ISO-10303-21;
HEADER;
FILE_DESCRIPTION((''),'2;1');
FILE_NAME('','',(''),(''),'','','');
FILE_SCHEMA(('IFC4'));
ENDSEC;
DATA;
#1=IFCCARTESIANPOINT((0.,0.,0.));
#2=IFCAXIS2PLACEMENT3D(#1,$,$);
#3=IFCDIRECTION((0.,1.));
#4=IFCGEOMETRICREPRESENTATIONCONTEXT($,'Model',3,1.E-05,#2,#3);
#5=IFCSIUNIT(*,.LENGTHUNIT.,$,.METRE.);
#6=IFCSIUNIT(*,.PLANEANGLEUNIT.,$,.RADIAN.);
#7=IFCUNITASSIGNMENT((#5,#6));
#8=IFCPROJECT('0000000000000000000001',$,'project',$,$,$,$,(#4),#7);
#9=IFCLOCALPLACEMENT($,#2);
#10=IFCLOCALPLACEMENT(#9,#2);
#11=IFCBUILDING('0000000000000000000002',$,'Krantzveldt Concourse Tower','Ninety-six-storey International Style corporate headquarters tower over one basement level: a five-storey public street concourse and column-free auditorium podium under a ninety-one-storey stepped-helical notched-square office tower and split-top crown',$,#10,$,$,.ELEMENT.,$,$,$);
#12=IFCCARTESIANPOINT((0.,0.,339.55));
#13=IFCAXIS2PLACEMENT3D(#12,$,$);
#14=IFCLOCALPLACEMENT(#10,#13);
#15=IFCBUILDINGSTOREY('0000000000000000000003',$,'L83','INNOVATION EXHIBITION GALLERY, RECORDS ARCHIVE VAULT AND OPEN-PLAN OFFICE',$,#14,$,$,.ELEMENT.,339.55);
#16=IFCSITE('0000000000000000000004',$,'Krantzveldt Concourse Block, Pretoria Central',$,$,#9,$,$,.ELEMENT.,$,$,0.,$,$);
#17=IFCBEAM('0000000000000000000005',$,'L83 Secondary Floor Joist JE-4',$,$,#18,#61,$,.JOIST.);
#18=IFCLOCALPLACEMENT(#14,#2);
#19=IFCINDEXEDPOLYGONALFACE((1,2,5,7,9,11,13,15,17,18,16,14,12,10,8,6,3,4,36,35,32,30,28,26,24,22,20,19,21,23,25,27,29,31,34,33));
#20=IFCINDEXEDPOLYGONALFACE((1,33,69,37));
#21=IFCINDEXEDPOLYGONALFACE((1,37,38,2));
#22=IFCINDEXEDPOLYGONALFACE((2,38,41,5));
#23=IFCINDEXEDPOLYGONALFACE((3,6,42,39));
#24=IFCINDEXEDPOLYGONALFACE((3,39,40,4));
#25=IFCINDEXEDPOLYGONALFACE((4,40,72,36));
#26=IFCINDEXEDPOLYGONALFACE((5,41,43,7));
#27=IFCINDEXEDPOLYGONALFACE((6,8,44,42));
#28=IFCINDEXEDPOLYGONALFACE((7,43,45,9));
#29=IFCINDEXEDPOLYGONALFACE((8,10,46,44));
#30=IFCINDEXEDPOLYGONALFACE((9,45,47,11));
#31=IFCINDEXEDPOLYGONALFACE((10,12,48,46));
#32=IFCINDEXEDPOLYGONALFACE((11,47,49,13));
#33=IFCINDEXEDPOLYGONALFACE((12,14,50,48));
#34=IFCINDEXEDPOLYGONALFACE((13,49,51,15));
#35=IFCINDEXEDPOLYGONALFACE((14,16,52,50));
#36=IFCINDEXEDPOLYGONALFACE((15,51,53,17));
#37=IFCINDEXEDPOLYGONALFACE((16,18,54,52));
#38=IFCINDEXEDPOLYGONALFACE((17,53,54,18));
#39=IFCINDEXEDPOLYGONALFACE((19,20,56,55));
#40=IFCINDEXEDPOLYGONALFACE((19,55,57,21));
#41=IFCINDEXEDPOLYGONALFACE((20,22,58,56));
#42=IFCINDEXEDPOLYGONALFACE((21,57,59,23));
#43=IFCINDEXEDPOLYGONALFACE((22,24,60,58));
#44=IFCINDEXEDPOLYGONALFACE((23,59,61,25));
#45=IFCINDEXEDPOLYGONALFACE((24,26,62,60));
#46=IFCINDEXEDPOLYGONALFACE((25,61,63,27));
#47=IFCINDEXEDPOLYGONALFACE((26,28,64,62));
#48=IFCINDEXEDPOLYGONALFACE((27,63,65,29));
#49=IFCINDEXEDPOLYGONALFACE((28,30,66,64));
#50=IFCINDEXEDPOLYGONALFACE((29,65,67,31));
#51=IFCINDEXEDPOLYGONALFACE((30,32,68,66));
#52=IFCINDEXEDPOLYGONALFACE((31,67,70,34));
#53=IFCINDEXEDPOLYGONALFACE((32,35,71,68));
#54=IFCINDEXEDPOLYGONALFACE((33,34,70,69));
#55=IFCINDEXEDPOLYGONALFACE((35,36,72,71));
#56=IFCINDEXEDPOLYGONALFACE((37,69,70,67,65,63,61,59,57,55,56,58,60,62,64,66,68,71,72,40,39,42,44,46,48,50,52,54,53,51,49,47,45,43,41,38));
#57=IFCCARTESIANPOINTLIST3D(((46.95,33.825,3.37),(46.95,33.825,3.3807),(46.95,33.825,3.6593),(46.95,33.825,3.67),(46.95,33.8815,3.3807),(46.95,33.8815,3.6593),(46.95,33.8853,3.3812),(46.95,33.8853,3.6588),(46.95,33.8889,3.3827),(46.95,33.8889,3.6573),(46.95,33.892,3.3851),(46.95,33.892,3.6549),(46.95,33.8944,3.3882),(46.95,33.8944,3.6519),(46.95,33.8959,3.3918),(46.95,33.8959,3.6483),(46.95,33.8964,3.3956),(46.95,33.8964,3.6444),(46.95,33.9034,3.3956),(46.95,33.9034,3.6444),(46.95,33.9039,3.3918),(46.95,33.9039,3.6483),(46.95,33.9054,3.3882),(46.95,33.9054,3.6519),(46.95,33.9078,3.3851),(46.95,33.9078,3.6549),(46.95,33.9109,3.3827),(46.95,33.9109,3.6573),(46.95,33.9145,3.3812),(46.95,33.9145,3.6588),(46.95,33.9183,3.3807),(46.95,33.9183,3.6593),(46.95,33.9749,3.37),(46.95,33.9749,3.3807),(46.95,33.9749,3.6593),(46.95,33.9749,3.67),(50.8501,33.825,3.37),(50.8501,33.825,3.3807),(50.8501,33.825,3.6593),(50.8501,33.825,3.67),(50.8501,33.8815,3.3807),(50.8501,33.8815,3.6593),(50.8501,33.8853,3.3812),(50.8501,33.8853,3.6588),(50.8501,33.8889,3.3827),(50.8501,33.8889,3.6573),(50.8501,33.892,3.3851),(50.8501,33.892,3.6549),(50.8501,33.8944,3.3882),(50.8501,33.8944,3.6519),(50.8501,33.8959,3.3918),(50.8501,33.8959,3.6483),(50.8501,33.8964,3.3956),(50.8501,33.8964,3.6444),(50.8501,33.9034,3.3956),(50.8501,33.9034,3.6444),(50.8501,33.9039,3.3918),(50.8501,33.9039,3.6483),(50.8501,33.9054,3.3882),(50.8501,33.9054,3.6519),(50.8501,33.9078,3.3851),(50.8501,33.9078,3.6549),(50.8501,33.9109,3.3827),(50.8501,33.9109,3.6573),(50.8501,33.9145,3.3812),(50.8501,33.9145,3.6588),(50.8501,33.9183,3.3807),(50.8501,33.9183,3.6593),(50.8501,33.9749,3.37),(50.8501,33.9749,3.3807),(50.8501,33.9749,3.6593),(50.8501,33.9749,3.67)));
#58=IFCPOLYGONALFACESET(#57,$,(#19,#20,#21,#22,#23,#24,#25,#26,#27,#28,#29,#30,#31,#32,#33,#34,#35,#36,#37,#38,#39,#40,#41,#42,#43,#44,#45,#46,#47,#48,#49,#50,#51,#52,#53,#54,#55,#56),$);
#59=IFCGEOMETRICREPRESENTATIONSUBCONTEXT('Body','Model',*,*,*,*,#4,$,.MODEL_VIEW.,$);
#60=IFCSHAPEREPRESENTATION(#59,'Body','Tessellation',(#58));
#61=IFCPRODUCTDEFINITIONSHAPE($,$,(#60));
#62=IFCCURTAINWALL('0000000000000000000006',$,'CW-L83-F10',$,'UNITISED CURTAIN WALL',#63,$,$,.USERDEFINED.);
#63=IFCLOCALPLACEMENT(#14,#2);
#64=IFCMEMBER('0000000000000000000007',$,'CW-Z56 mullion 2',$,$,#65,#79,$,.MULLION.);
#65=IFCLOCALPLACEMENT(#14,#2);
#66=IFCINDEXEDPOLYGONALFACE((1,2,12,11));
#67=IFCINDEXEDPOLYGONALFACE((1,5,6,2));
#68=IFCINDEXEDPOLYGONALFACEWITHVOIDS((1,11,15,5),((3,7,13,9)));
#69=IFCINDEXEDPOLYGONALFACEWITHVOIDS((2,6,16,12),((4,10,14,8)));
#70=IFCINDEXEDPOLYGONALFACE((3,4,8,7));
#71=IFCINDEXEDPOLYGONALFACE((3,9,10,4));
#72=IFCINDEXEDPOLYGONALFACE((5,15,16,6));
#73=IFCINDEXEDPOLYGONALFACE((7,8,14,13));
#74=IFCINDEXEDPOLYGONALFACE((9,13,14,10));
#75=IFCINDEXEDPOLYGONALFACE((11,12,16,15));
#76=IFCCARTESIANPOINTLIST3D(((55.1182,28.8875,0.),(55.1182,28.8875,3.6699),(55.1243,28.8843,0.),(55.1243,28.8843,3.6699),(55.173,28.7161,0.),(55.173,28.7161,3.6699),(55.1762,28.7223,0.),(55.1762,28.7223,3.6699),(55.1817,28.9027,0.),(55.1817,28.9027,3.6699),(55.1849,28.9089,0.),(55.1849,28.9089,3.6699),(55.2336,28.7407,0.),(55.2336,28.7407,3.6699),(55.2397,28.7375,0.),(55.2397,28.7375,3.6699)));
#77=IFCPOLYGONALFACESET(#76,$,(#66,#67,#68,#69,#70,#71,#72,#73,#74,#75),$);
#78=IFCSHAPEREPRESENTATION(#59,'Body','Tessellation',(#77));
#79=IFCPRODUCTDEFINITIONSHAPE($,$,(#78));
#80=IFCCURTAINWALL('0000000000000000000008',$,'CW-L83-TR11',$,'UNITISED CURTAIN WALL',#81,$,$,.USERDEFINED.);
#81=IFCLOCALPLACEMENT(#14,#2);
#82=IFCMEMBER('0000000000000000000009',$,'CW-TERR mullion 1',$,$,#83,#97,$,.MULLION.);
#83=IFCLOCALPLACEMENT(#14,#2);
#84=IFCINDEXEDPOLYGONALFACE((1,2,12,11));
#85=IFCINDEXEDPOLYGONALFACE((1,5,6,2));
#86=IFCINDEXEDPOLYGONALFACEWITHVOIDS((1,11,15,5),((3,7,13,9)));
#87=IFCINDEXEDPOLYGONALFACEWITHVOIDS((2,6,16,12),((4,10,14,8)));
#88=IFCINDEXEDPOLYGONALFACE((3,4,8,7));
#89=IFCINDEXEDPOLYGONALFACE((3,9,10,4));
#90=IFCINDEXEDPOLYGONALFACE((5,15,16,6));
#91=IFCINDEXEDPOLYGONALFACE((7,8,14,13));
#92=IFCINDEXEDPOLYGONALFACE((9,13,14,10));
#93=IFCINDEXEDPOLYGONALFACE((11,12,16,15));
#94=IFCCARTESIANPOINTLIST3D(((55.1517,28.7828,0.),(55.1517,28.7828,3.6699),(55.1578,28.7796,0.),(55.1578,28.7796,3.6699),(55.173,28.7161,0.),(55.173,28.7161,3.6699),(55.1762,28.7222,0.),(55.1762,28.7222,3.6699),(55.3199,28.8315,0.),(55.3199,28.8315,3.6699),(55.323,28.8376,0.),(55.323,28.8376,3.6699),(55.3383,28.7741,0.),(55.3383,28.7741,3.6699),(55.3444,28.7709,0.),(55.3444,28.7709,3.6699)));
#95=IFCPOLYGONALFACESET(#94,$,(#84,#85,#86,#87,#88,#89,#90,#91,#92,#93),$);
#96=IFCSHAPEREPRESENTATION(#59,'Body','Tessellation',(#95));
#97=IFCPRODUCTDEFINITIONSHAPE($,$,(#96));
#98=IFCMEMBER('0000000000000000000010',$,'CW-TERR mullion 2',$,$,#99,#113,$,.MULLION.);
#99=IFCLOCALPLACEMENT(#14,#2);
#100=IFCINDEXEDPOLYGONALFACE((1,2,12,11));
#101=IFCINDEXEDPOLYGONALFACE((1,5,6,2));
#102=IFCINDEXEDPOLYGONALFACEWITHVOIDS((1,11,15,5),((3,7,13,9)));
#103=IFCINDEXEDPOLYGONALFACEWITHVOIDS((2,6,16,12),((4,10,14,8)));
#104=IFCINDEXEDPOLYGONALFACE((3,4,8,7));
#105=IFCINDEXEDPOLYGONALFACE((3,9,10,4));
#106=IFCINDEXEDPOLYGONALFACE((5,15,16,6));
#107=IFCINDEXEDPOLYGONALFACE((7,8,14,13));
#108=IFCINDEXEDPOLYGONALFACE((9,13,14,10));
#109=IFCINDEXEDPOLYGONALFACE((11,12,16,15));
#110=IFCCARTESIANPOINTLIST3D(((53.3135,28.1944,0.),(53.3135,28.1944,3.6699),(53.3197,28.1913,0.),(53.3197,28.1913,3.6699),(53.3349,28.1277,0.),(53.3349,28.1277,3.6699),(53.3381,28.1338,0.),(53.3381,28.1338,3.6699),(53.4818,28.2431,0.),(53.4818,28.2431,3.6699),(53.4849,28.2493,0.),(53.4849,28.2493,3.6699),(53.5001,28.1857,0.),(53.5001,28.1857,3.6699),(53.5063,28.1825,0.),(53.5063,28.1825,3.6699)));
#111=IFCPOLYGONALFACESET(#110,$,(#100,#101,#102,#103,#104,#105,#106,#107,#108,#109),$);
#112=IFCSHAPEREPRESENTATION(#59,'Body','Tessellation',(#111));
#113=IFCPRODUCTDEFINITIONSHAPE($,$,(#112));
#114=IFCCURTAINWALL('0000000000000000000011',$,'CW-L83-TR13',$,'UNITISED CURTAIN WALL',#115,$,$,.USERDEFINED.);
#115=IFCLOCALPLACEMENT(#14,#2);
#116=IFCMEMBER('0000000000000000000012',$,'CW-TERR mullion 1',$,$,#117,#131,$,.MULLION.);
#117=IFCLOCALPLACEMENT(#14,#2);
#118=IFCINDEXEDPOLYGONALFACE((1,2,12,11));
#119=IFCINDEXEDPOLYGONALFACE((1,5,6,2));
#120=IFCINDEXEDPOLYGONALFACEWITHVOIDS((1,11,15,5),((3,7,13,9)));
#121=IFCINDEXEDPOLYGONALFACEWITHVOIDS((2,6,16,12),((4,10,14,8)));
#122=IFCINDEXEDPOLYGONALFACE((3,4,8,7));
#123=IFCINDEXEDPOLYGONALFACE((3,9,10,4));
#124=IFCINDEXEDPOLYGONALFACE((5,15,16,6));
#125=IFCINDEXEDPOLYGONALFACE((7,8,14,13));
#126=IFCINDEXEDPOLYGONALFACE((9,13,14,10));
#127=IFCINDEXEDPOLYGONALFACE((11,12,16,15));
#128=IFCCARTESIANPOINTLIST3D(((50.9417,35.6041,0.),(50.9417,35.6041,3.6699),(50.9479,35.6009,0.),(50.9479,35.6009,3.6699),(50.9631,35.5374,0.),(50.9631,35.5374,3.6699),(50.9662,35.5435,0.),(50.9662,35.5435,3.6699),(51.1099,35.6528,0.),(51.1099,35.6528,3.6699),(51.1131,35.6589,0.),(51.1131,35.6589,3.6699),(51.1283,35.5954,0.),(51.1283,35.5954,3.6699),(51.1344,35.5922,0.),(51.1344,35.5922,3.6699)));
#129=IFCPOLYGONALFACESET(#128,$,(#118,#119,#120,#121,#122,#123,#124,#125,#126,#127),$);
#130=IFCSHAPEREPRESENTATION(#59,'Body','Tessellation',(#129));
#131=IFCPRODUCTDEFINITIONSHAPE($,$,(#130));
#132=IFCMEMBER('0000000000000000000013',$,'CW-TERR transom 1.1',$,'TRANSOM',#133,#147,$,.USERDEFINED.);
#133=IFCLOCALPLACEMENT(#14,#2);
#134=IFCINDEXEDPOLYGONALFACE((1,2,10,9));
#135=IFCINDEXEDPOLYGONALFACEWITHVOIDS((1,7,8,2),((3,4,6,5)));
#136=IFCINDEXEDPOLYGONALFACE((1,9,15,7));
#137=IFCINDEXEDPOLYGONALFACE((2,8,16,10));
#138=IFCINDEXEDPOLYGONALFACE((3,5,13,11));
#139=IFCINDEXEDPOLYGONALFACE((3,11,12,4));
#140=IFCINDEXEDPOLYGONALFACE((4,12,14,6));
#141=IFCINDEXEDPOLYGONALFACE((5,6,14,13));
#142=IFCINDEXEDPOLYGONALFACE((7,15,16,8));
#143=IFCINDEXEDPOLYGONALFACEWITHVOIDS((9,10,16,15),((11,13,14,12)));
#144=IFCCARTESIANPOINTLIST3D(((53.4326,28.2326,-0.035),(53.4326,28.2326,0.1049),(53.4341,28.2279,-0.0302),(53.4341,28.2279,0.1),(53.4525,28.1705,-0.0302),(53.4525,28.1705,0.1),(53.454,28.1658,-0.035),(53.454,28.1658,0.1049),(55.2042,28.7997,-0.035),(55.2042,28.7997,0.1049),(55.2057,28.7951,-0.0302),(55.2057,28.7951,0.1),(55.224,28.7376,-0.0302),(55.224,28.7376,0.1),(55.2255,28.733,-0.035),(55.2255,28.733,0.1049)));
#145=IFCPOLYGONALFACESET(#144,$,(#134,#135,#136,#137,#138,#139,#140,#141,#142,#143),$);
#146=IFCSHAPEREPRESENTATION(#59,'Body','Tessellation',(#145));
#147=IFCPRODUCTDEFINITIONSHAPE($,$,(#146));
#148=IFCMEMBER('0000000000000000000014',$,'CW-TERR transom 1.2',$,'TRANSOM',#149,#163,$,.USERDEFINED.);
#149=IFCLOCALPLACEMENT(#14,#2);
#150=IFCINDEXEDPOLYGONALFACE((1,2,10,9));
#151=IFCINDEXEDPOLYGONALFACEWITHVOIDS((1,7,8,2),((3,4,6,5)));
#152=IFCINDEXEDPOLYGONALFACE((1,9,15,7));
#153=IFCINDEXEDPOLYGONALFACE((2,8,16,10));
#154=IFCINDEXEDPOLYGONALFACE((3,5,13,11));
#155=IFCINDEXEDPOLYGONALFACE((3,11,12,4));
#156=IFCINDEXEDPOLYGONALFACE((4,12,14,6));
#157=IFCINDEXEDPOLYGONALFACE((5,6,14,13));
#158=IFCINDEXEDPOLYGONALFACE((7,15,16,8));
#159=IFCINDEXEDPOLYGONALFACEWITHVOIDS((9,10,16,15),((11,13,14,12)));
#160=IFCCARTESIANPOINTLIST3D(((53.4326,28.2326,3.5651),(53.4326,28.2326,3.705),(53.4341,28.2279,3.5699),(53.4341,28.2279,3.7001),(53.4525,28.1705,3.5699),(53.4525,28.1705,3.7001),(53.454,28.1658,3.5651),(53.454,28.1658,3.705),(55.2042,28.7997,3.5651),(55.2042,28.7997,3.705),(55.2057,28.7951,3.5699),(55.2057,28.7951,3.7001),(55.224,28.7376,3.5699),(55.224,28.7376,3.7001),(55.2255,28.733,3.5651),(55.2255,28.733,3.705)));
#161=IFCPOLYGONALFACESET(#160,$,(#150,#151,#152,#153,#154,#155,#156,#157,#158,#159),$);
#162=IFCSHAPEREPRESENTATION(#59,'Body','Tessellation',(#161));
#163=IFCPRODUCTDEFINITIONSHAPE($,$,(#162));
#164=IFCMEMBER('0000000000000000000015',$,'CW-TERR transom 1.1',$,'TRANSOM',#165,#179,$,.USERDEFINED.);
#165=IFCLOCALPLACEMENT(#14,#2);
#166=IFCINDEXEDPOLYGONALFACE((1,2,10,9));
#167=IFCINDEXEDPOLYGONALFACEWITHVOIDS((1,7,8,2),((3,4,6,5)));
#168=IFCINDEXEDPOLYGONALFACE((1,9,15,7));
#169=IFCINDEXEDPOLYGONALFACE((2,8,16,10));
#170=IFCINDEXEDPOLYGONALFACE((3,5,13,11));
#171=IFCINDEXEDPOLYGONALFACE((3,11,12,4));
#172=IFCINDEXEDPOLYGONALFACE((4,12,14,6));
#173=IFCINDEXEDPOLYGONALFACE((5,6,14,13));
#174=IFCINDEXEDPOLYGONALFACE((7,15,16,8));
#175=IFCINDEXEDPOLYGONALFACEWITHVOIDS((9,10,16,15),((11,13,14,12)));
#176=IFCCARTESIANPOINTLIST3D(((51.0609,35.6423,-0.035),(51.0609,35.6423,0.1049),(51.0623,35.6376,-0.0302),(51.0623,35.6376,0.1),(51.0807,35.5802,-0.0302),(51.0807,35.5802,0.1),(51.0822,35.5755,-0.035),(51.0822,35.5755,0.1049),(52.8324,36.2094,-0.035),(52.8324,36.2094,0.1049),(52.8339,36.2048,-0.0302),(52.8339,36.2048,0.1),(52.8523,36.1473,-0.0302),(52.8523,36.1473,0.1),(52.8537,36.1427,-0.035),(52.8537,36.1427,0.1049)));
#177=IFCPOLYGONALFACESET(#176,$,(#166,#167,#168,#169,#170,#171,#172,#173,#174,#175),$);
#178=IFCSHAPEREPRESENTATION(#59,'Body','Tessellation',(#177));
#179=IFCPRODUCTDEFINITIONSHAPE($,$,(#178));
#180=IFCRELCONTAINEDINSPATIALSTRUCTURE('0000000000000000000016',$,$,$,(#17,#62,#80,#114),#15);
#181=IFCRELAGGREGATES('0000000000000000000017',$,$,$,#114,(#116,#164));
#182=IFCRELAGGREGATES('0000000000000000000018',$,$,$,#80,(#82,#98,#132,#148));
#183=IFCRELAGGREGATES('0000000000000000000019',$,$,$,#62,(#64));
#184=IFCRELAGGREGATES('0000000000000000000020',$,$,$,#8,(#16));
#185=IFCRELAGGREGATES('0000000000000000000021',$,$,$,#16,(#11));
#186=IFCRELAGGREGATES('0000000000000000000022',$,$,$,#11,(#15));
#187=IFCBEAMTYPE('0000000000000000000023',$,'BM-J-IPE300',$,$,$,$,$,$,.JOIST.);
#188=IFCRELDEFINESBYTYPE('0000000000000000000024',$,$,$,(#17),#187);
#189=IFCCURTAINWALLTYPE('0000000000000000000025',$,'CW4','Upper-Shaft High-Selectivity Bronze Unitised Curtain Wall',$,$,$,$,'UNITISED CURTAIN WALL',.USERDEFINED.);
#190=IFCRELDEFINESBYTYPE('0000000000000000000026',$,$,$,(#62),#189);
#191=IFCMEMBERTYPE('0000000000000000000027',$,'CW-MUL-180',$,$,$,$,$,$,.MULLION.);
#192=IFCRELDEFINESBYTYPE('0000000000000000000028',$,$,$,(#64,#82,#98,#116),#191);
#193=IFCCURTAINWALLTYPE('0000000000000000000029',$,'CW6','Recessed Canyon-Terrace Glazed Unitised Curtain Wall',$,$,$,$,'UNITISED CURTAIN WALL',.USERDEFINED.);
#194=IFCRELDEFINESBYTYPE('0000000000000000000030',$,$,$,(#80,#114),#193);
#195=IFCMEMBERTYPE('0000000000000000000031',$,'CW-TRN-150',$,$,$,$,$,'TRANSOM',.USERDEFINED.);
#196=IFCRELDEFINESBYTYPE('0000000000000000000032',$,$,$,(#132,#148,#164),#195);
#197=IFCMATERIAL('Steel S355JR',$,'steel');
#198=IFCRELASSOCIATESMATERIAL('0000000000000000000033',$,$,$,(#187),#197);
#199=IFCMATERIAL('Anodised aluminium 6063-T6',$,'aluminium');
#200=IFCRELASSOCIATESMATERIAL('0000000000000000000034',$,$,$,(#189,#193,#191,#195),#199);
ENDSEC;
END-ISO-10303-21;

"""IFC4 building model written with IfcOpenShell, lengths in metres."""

from ifc_helpers import new_model, si_unit, direction, frame, origin, origin_2d, place, context, subcontext, project, spatial, hollow_rectangle, i_section, extrude, source, transform, mapped, material, material_profile, profile_set, type_object, type_shapes, element, aggregate, save


model = new_model("IFC4")

# Units and contexts
model_context = context("Model", 3, precision=1e-05, world=origin(), true_north=direction((0.0, 1.0)))
body_context = subcontext(model_context, "Body", "Model", "MODEL_VIEW")
ifc_project = project(units=[si_unit("LENGTHUNIT", "METRE"), si_unit("PLANEANGLEUNIT", "RADIAN")], contexts=[model_context])

# Site, building, storey
site_placement = place(None, origin())
site = spatial("IfcSite", under=ifc_project, at=site_placement, Name="Krantzveldt Concourse Block, Pretoria Central", CompositionType="ELEMENT", RefElevation=0.0)
building_placement = place(site_placement, origin())
building = spatial("IfcBuilding", under=site, at=building_placement, Name="Krantzveldt Concourse Tower", Description="Ninety-six-storey International Style corporate headquarters tower over one basement level: a five-storey public street concourse and column-free auditorium podium under a ninety-one-storey stepped-helical notched-square office tower and split-top crown", CompositionType="ELEMENT")
storey_placement = place(building_placement, frame((0.0, 0.0, 339.55)))
storey = spatial("IfcBuildingStorey", under=building, at=storey_placement, Name="L83", Description="INNOVATION EXHIBITION GALLERY, RECORDS ARCHIVE VAULT AND OPEN-PLAN OFFICE", CompositionType="ELEMENT", Elevation=339.55)

# Beam
ifc_material_1 = material(Name="Steel S355JR", Category="steel")
ifc_material_profile_1 = material_profile(ifc_material_1, i_section(OverallWidth=0.1499, OverallDepth=0.3, WebThickness=0.0071, FlangeThickness=0.0107, FilletRadius=0.0149, at=origin_2d()), Name="Steel S355JR", Category="steel")
ifc_profile_set_1 = profile_set([ifc_material_profile_1], Name="Steel S355JR - IPE 300")
beam_type_1 = type_object("IfcBeamType", Name="BM-J-IPE300", PredefinedType="JOIST", material=ifc_profile_set_1)
shared_shape_1 = source(origin(), body_context, "Body", "SweptSolid", [
    extrude(i_section(OverallWidth=0.1499, OverallDepth=0.3, WebThickness=0.0071, FlangeThickness=0.0107, FilletRadius=0.0149, at=origin_2d()), origin(), (0.0, 0.0, 1.0), 3.9001),
])
type_shapes(beam_type_1, [shared_shape_1])
for number, where, z_axis, x_axis, name in (
    (1, (46.95, 33.8999, 3.52), (1.0, 0.0, 0.0), (0.0, 1.0, 0.0), "L83 Secondary Floor Joist JE-4"),
):
    element("IfcBeam", number, at=place(storey_placement, frame(where, z_axis=z_axis, x_axis=x_axis)), inside=storey, type_object=beam_type_1, Name=name, PredefinedType="JOIST", context=body_context, shape_type="MappedRepresentation", body=[
        mapped(shared_shape_1, transform((0.0, 0.0, 0.0), x_axis=(1.0, 0.0, 0.0), y_axis=(0.0, 1.0, 0.0), z_axis=(0.0, 0.0, 1.0), scale=1.0)),
    ])

# Curtain wall, member
ifc_material_2 = material(Name="Anodised aluminium 6063-T6", Category="aluminium")
curtain_wall_type_1 = type_object("IfcCurtainWallType", Name="CW4", Description="Upper-Shaft High-Selectivity Bronze Unitised Curtain Wall", ElementType="UNITISED CURTAIN WALL", PredefinedType="USERDEFINED", material=ifc_material_2)
curtain_wall_1_placement = place(storey_placement, origin())
curtain_wall_1 = element("IfcCurtainWall", 2, at=curtain_wall_1_placement, inside=storey, type_object=curtain_wall_type_1, Name="CW-L83-F10", ObjectType="UNITISED CURTAIN WALL", PredefinedType="USERDEFINED")
ifc_material_profile_2 = material_profile(ifc_material_2, hollow_rectangle(XDim=0.0701, YDim=0.1799, WallThickness=0.0049, at=origin_2d()), Name="Anodised aluminium 6063-T6", Category="aluminium")
ifc_profile_set_2 = profile_set([ifc_material_profile_2], Name="Anodised aluminium 6063-T6 - ALU-MULL 180x70x5")
member_type_1 = type_object("IfcMemberType", Name="CW-MUL-180", PredefinedType="MULLION", material=ifc_profile_set_2)
shared_shape_2 = source(origin(), body_context, "Body", "SweptSolid", [
    extrude(hollow_rectangle(XDim=0.0701, YDim=0.1799, WallThickness=0.0049, at=origin_2d()), origin(), (0.0, 0.0, 1.0), 3.6699),
])
type_shapes(member_type_1, [shared_shape_2])
member_1_placement = place(storey_placement, frame((55.179, 28.8125, 0.0), z_axis=(0.0, 0.0, 1.0), x_axis=(-0.952396, -0.304865, 0.0)))
member_1 = element("IfcMember", 3, at=member_1_placement, type_object=member_type_1, Name="CW-Z56 mullion 2", PredefinedType="MULLION", context=body_context, shape_type="MappedRepresentation", body=[
    mapped(shared_shape_2, transform((0.0, 0.0, 0.0), x_axis=(1.0, 0.0, 0.0), y_axis=(0.0, 1.0, 0.0), z_axis=(0.0, 0.0, 1.0), scale=1.0)),
])

# Curtain wall, members
curtain_wall_type_2 = type_object("IfcCurtainWallType", Name="CW6", Description="Recessed Canyon-Terrace Glazed Unitised Curtain Wall", ElementType="UNITISED CURTAIN WALL", PredefinedType="USERDEFINED", material=ifc_material_2)
curtain_wall_2_placement = place(storey_placement, origin())
curtain_wall_2 = element("IfcCurtainWall", 4, at=curtain_wall_2_placement, inside=storey, type_object=curtain_wall_type_2, Name="CW-L83-TR11", ObjectType="UNITISED CURTAIN WALL", PredefinedType="USERDEFINED")
member_2_placement = place(storey_placement, frame((55.248, 28.7769, 0.0), z_axis=(0.0, 0.0, 1.0), x_axis=(0.304865, -0.952396, 0.0)))
member_2 = element("IfcMember", 5, at=member_2_placement, type_object=member_type_1, Name="CW-TERR mullion 1", PredefinedType="MULLION", context=body_context, shape_type="MappedRepresentation", body=[
    mapped(shared_shape_2, transform((0.0, 0.0, 0.0), x_axis=(1.0, 0.0, 0.0), y_axis=(0.0, 1.0, 0.0), z_axis=(0.0, 0.0, 1.0), scale=1.0)),
])
member_3_placement = place(storey_placement, frame((53.4099, 28.1885, 0.0), z_axis=(0.0, 0.0, 1.0), x_axis=(0.304865, -0.952396, 0.0)))
member_3 = element("IfcMember", 6, at=member_3_placement, type_object=member_type_1, Name="CW-TERR mullion 2", PredefinedType="MULLION", context=body_context, shape_type="MappedRepresentation", body=[
    mapped(shared_shape_2, transform((0.0, 0.0, 0.0), x_axis=(1.0, 0.0, 0.0), y_axis=(0.0, 1.0, 0.0), z_axis=(0.0, 0.0, 1.0), scale=1.0)),
])

# Curtain wall, member
curtain_wall_3_placement = place(storey_placement, origin())
curtain_wall_3 = element("IfcCurtainWall", 7, at=curtain_wall_3_placement, inside=storey, type_object=curtain_wall_type_2, Name="CW-L83-TR13", ObjectType="UNITISED CURTAIN WALL", PredefinedType="USERDEFINED")
member_4_placement = place(storey_placement, frame((51.0381, 35.5981, 0.0), z_axis=(0.0, 0.0, 1.0), x_axis=(-0.304864, 0.952396, 0.0)))
member_4 = element("IfcMember", 8, at=member_4_placement, type_object=member_type_1, Name="CW-TERR mullion 1", PredefinedType="MULLION", context=body_context, shape_type="MappedRepresentation", body=[
    mapped(shared_shape_2, transform((0.0, 0.0, 0.0), x_axis=(1.0, 0.0, 0.0), y_axis=(0.0, 1.0, 0.0), z_axis=(0.0, 0.0, 1.0), scale=1.0)),
])

# Members
ifc_material_profile_3 = material_profile(ifc_material_2, hollow_rectangle(XDim=0.0701, YDim=0.1399, WallThickness=0.0049, at=origin_2d()), Name="Anodised aluminium 6063-T6", Category="aluminium")
ifc_profile_set_3 = profile_set([ifc_material_profile_3], Name="Anodised aluminium 6063-T6 - ALU-TRAN 140x70x5")
member_type_2 = type_object("IfcMemberType", Name="CW-TRN-150", ElementType="TRANSOM", PredefinedType="USERDEFINED", material=ifc_profile_set_3)
shared_shape_3 = source(origin(), body_context, "Body", "SweptSolid", [
    extrude(hollow_rectangle(XDim=0.0701, YDim=0.1399, WallThickness=0.0049, at=origin_2d()), origin(), (0.0, 0.0, 1.0), 1.8601),
])
type_shapes(member_type_2, [shared_shape_3])
member_5_placement = place(storey_placement, frame((55.2148, 28.7664, 0.0349), z_axis=(-0.952383, -0.304904, 0.0), x_axis=(0.304904, -0.952383, 0.0)))
member_5 = element("IfcMember", 9, at=member_5_placement, type_object=member_type_2, Name="CW-TERR transom 1.1", ObjectType="TRANSOM", PredefinedType="USERDEFINED", context=body_context, shape_type="MappedRepresentation", body=[
    mapped(shared_shape_3, transform((0.0, 0.0, 0.0), x_axis=(1.0, 0.0, 0.0), y_axis=(0.0, 1.0, 0.0), z_axis=(0.0, 0.0, 1.0), scale=1.0)),
])
member_6_placement = place(storey_placement, frame((55.2148, 28.7664, 3.635), z_axis=(-0.952383, -0.304904, 0.0), x_axis=(0.304904, -0.952383, 0.0)))
member_6 = element("IfcMember", 10, at=member_6_placement, type_object=member_type_2, Name="CW-TERR transom 1.2", ObjectType="TRANSOM", PredefinedType="USERDEFINED", context=body_context, shape_type="MappedRepresentation", body=[
    mapped(shared_shape_3, transform((0.0, 0.0, 0.0), x_axis=(1.0, 0.0, 0.0), y_axis=(0.0, 1.0, 0.0), z_axis=(0.0, 0.0, 1.0), scale=1.0)),
])
member_7_placement = place(storey_placement, frame((51.0715, 35.6089, 0.0349), z_axis=(0.952383, 0.304904, 0.0), x_axis=(-0.304904, 0.952383, 0.0)))
member_7 = element("IfcMember", 11, at=member_7_placement, type_object=member_type_2, Name="CW-TERR transom 1.1", ObjectType="TRANSOM", PredefinedType="USERDEFINED", context=body_context, shape_type="MappedRepresentation", body=[
    mapped(shared_shape_3, transform((0.0, 0.0, 0.0), x_axis=(1.0, 0.0, 0.0), y_axis=(0.0, 1.0, 0.0), z_axis=(0.0, 0.0, 1.0), scale=1.0)),
])
aggregate(curtain_wall_3, [member_4, member_7])

aggregate(curtain_wall_2, [member_2, member_3, member_5, member_6])
aggregate(curtain_wall_1, [member_1])

save(model, "model.ifc")
